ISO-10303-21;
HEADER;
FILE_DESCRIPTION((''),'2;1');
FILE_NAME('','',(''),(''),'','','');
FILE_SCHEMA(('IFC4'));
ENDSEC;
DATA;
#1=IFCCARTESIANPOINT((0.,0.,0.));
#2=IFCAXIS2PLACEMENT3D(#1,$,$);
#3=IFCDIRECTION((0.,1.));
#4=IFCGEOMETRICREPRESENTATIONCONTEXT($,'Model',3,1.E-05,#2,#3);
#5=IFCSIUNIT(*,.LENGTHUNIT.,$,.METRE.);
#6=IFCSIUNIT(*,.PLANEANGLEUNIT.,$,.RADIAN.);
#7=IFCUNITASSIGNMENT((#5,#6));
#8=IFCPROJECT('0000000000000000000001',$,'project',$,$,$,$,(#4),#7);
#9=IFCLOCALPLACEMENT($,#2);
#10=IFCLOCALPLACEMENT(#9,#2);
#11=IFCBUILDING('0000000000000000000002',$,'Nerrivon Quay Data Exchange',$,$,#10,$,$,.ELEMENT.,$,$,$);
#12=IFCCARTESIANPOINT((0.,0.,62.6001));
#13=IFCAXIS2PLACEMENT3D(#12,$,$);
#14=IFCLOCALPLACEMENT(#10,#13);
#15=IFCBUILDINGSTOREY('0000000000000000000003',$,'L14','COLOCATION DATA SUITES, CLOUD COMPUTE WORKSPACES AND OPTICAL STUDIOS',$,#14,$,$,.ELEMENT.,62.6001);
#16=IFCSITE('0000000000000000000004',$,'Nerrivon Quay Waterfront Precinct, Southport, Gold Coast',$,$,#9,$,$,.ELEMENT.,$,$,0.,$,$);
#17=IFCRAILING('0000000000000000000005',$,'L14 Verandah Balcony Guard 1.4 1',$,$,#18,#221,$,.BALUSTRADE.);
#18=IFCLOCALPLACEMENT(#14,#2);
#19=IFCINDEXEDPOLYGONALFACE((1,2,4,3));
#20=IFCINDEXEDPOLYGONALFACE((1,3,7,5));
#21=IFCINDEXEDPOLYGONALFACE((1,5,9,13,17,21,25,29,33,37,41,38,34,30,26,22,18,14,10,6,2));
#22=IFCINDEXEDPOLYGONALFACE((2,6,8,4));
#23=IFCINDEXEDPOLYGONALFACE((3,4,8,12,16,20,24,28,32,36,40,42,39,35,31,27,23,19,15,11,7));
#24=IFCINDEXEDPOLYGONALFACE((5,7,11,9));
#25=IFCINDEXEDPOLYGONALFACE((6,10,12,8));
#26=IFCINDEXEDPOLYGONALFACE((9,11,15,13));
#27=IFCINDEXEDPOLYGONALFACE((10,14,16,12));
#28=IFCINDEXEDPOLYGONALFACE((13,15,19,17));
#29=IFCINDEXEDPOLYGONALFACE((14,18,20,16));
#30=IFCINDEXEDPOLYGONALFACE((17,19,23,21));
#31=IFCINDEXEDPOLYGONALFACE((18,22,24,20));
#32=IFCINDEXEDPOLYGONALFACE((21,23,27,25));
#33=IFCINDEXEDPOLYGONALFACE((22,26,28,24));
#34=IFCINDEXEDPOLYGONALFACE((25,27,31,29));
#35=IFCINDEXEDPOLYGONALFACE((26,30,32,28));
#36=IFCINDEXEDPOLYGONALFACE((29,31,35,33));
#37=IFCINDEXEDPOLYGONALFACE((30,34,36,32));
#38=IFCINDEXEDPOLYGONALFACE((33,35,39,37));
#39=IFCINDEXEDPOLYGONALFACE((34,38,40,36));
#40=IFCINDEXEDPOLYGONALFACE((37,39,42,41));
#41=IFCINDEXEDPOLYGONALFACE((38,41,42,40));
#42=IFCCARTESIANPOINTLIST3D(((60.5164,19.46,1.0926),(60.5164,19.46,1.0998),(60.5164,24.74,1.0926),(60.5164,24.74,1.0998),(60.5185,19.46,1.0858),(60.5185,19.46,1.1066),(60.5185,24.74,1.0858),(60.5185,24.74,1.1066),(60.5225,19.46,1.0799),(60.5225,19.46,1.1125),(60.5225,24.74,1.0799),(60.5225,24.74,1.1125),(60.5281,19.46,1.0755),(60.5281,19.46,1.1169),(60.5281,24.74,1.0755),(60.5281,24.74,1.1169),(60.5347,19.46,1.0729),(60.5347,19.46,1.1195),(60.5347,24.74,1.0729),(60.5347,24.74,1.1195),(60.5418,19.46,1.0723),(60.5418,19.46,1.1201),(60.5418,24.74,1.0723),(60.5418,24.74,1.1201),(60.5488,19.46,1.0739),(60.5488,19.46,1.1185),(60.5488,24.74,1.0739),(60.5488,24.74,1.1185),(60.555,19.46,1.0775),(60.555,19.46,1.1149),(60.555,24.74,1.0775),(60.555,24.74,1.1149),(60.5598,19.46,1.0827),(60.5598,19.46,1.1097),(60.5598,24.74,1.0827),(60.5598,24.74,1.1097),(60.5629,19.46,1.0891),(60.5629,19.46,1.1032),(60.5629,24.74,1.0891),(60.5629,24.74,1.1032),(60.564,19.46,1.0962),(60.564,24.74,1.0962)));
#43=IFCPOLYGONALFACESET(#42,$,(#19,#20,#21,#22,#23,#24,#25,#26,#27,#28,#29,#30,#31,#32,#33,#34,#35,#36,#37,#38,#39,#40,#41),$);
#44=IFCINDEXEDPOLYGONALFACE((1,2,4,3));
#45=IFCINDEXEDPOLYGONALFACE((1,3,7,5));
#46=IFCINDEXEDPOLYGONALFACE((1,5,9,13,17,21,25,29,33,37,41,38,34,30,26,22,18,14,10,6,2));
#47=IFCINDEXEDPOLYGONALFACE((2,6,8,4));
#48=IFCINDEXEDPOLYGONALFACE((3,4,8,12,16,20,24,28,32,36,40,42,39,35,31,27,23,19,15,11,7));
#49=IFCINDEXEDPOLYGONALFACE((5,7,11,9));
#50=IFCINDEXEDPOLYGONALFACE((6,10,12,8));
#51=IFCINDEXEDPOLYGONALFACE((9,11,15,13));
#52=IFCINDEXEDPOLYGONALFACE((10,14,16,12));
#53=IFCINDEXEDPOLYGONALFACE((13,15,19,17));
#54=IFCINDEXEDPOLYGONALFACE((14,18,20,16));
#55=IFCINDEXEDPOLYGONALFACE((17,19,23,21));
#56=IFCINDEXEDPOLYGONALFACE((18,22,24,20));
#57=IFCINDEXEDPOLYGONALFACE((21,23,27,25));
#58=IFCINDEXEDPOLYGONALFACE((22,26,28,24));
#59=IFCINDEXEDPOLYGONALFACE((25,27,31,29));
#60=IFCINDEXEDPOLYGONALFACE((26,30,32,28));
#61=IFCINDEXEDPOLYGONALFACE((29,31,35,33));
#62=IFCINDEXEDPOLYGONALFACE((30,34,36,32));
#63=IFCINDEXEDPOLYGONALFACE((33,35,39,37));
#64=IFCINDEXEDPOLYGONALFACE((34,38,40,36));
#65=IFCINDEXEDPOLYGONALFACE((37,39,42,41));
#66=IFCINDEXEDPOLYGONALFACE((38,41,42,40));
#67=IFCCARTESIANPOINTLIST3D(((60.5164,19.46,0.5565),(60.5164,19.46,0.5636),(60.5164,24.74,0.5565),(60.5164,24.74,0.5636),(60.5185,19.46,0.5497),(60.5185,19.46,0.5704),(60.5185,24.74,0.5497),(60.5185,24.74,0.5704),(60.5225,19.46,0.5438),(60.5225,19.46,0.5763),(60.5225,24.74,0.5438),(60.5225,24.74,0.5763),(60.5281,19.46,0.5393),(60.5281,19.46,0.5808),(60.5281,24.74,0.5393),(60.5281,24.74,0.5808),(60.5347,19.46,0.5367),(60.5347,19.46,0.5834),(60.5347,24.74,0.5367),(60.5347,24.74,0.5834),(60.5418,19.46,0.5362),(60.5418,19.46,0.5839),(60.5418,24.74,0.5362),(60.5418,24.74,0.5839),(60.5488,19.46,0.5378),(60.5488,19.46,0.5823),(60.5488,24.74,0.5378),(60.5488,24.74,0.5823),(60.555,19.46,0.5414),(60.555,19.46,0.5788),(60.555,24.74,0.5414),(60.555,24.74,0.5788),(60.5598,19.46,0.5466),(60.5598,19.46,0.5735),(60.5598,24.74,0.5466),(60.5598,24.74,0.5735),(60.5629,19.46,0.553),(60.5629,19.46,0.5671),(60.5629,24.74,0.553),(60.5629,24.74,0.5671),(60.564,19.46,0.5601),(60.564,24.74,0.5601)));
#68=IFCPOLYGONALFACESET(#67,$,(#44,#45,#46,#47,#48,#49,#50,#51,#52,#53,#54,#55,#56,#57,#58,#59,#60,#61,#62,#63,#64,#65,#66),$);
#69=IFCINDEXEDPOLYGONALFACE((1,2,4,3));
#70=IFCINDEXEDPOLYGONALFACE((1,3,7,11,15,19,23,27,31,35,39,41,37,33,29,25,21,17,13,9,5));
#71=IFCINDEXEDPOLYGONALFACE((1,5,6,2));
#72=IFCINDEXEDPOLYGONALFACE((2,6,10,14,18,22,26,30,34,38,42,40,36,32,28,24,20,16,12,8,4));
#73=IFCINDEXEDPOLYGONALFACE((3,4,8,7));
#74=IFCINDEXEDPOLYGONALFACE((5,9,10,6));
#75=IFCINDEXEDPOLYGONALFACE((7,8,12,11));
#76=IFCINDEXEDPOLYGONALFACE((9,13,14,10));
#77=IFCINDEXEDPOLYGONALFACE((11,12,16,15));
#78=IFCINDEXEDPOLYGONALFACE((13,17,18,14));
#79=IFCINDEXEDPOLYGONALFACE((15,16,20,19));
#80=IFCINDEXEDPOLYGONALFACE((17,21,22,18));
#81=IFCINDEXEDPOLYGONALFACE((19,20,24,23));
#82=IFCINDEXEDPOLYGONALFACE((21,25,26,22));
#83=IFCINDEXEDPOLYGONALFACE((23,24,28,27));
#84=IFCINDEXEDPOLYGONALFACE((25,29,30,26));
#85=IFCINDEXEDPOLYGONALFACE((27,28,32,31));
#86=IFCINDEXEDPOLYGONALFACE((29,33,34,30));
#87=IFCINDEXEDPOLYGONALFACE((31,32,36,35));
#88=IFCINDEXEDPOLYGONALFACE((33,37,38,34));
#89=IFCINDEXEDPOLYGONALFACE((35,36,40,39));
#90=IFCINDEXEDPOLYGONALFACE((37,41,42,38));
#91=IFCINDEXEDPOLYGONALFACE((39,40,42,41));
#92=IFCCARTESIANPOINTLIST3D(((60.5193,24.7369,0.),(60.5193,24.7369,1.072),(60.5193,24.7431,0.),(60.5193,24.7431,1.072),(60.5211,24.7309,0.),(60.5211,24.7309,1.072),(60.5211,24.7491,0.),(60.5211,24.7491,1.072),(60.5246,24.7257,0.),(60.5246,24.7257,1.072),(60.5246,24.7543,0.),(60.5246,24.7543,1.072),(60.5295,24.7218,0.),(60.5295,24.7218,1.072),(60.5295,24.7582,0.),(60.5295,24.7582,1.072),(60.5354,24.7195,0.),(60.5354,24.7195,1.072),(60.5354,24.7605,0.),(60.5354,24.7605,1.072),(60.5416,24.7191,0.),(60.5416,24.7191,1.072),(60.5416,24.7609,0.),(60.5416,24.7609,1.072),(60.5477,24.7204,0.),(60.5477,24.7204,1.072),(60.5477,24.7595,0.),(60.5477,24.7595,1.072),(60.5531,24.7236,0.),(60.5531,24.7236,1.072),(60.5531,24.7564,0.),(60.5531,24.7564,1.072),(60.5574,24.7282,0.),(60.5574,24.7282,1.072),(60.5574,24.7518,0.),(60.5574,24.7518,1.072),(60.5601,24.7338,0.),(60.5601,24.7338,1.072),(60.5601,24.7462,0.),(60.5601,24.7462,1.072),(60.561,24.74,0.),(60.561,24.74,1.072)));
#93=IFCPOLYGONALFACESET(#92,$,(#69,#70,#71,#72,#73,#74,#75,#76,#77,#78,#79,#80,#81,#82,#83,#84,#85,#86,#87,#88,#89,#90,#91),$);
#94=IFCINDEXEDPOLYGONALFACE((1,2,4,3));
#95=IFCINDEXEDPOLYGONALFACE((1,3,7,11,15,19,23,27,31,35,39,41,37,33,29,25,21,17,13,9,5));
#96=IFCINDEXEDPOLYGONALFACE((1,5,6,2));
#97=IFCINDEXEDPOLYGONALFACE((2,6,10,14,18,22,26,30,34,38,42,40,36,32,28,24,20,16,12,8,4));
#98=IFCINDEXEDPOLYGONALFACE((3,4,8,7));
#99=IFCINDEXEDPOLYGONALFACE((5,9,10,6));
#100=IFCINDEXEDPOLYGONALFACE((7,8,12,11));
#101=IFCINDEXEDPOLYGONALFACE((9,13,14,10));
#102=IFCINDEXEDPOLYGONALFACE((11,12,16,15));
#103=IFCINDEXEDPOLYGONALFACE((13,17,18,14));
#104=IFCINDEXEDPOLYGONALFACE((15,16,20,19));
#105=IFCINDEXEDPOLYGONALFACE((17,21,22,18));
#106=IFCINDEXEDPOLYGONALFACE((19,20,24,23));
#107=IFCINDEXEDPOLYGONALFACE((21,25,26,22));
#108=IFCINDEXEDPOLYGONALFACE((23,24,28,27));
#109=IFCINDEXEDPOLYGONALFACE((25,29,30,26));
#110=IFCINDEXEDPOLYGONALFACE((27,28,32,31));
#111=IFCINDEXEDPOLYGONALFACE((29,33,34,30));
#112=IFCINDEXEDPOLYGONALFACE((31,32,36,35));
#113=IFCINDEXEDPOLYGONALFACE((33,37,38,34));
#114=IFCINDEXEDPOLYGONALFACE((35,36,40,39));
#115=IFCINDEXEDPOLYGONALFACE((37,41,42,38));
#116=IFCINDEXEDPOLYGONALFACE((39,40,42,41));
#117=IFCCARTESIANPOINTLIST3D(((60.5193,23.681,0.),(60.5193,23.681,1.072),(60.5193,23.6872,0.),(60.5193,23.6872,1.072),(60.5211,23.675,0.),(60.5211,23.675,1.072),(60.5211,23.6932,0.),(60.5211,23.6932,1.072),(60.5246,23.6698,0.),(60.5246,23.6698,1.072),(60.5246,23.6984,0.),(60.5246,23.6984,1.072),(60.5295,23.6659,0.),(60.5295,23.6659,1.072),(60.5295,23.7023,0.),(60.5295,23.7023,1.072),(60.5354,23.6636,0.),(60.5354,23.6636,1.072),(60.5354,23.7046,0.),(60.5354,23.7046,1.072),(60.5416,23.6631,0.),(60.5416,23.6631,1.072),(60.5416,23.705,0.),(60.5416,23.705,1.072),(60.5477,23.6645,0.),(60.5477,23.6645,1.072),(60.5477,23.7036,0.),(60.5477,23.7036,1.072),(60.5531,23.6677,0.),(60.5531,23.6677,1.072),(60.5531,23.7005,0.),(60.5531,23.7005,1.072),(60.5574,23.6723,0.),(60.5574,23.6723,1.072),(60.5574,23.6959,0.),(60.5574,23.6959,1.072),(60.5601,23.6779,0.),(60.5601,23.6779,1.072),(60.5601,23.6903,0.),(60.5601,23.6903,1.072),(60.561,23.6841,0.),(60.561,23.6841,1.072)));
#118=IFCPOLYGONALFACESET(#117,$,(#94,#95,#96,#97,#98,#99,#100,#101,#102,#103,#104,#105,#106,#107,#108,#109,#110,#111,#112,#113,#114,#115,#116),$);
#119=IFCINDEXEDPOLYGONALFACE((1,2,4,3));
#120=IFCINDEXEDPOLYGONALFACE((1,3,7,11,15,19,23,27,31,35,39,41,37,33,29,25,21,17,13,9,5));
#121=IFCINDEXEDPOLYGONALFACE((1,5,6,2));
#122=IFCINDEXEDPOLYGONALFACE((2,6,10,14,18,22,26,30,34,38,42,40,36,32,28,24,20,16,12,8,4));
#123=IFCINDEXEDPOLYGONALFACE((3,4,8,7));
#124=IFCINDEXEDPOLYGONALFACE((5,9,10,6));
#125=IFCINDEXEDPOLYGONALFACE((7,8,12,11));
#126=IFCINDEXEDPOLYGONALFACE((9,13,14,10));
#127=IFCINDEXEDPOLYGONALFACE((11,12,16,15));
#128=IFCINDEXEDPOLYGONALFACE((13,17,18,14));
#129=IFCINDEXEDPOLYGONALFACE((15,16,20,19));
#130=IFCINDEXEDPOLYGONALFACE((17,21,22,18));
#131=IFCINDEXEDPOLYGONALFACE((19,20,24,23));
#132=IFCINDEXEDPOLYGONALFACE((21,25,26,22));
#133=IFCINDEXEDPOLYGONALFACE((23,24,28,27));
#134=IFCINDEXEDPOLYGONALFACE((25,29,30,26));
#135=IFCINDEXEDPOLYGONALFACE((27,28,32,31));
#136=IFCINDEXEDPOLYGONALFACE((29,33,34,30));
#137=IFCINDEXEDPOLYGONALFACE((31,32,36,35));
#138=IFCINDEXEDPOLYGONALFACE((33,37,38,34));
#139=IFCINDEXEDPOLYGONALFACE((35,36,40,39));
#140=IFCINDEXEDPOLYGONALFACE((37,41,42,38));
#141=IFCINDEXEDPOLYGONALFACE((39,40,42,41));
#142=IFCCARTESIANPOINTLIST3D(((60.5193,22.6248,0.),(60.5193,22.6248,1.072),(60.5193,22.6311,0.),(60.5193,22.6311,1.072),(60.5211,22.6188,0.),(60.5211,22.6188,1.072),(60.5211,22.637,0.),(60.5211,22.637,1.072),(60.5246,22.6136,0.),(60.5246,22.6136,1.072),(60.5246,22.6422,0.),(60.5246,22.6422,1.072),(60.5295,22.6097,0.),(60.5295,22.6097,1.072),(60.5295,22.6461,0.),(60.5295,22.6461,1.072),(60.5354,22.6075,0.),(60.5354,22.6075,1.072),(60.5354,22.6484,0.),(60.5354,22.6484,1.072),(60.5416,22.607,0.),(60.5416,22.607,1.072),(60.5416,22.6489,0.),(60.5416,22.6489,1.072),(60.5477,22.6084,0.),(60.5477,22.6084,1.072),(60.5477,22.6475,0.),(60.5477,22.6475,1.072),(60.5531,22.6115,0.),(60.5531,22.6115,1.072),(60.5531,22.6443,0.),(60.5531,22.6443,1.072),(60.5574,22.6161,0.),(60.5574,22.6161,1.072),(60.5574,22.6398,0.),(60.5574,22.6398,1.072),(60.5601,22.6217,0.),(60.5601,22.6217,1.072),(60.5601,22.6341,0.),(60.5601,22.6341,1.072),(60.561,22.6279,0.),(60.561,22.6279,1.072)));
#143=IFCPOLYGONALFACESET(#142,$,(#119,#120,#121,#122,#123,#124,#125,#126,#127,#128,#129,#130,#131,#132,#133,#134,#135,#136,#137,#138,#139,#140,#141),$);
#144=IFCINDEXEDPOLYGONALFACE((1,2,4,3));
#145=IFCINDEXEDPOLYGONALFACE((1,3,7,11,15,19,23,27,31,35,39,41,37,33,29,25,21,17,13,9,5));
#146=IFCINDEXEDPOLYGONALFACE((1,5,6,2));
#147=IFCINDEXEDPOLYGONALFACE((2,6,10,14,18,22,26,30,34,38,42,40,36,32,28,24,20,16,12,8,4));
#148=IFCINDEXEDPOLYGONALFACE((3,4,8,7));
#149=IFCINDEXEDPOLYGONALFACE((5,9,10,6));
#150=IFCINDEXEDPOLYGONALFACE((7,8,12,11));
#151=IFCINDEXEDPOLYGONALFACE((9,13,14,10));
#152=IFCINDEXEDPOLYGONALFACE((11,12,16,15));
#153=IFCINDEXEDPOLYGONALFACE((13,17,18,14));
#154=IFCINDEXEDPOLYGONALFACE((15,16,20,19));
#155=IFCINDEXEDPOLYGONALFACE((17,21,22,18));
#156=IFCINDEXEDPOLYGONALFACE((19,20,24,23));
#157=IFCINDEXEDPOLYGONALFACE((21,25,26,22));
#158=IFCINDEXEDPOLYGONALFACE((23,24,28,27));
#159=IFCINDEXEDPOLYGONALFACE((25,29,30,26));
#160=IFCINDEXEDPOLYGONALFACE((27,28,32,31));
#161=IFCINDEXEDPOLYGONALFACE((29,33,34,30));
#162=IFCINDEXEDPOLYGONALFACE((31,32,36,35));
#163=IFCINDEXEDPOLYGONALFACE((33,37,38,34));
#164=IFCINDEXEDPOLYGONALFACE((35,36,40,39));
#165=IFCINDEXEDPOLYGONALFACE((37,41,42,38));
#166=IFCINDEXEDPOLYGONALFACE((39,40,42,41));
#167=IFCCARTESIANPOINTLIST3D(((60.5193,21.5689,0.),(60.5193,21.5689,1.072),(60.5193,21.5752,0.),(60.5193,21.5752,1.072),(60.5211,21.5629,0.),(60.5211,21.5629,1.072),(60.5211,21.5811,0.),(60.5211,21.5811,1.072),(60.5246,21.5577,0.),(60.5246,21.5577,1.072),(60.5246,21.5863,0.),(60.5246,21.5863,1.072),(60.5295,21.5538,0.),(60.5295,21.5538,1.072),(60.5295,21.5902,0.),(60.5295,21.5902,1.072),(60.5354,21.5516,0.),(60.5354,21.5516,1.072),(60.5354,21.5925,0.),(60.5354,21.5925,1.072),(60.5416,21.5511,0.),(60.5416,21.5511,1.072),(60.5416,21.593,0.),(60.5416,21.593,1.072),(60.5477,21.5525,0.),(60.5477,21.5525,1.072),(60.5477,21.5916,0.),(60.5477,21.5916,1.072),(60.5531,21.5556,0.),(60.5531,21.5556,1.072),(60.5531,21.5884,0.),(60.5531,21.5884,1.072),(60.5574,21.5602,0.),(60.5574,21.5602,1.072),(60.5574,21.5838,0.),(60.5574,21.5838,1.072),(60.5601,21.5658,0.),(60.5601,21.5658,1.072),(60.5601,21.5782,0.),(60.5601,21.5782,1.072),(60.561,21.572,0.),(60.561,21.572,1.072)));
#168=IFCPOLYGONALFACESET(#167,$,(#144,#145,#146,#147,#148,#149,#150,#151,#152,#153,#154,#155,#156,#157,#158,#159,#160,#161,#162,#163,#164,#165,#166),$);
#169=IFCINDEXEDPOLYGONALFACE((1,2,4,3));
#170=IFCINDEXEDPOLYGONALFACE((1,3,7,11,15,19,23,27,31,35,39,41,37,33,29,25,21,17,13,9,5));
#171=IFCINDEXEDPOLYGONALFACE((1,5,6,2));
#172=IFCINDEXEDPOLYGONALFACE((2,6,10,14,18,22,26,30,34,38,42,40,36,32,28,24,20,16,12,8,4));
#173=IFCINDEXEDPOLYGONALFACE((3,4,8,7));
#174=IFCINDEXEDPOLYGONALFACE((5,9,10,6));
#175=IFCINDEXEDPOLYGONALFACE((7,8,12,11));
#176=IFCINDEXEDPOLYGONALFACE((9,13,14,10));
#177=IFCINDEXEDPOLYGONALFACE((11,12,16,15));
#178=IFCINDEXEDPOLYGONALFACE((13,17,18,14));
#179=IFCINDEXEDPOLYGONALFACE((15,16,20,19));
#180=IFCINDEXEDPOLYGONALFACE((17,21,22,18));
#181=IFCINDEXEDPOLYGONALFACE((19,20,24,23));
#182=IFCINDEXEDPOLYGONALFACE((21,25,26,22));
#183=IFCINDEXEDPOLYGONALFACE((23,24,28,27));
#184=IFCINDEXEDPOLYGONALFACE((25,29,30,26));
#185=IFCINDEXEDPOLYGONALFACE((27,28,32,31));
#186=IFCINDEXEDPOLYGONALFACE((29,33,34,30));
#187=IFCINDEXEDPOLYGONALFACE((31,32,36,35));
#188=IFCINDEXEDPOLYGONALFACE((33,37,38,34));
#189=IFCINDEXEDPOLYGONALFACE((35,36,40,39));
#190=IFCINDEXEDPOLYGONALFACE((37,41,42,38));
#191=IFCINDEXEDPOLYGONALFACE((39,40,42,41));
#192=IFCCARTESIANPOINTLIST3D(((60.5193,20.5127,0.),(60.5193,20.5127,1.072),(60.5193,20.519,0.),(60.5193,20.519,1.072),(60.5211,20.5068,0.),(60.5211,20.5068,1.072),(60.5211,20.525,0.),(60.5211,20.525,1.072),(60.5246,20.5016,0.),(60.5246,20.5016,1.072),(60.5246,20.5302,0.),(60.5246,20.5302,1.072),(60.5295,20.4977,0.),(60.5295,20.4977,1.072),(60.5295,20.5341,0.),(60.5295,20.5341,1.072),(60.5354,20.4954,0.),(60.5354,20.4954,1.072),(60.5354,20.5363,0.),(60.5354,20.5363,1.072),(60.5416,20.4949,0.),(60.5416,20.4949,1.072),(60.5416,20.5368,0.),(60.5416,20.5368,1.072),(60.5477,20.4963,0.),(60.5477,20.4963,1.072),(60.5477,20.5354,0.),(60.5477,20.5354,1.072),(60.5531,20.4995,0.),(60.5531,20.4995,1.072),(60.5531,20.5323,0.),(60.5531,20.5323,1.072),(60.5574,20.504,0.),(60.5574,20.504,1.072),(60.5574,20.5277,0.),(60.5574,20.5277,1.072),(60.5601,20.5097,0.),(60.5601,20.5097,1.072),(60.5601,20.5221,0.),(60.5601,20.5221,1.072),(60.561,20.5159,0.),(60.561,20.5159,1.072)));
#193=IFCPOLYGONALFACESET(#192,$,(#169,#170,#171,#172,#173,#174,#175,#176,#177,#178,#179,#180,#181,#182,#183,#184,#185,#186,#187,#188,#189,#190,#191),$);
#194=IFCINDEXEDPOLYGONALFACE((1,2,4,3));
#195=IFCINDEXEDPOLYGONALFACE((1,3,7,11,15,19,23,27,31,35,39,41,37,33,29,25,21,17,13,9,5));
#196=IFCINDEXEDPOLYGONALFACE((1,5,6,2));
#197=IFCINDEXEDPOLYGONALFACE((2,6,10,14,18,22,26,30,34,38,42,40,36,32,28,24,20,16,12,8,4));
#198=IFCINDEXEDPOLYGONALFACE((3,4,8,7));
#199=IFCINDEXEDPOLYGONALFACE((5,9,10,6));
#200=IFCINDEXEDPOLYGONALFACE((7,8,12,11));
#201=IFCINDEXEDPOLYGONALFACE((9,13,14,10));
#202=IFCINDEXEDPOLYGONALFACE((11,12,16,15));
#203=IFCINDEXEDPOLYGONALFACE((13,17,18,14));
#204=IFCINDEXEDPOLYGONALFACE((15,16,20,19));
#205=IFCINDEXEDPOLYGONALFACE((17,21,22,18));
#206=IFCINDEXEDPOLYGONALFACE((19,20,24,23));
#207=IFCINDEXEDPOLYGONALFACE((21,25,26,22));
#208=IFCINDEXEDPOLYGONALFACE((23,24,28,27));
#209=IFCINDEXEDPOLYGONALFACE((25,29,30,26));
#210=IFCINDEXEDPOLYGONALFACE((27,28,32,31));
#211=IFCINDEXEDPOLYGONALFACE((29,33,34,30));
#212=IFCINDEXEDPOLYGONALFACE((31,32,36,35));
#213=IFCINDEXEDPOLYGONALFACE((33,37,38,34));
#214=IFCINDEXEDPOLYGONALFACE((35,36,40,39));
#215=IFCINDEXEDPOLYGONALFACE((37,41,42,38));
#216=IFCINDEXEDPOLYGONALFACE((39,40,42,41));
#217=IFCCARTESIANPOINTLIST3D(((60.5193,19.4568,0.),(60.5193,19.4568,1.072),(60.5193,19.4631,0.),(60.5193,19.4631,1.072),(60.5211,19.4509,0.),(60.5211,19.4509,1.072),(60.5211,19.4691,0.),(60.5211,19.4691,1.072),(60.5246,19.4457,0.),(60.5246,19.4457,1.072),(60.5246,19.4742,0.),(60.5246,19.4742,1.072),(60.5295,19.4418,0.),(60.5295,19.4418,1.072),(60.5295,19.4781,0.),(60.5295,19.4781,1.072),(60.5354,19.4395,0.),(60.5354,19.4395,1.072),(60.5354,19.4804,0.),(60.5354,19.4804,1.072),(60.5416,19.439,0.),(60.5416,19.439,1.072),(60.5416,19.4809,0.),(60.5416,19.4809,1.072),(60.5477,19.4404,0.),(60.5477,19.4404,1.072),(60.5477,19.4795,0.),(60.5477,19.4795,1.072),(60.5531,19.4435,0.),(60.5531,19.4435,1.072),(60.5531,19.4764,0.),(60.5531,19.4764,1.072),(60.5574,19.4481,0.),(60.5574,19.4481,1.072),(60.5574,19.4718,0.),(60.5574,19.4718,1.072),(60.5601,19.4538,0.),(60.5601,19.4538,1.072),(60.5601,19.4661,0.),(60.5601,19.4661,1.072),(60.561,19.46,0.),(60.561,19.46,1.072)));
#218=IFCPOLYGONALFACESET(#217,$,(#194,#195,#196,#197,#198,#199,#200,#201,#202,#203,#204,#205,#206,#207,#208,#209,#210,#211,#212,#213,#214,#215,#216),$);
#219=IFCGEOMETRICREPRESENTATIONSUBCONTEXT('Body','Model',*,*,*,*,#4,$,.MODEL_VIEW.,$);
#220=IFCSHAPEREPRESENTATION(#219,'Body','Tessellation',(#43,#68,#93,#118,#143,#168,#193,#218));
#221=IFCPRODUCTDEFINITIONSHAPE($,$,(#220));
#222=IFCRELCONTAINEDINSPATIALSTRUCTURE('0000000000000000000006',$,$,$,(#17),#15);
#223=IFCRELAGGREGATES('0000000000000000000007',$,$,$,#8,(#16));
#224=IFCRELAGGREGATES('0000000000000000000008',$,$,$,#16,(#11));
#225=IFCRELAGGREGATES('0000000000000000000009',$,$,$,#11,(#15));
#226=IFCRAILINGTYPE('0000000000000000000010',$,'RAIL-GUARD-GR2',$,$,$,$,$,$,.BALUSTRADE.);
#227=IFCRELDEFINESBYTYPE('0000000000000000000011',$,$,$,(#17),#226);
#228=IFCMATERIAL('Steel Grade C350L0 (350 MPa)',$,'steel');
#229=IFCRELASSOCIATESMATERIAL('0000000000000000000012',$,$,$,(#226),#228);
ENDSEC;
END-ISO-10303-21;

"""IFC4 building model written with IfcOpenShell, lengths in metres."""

from ifc_helpers import new_model, si_unit, direction, frame, origin, origin_2d, place, context, subcontext, project, spatial, circle, extrude, material, type_object, element, save


model = new_model("IFC4")

# Units and contexts
model_context = context("Model", 3, precision=1e-05, world=origin(), true_north=direction((0.0, 1.0)))
body_context = subcontext(model_context, "Body", "Model", "MODEL_VIEW")
ifc_project = project(units=[si_unit("LENGTHUNIT", "METRE"), si_unit("PLANEANGLEUNIT", "RADIAN")], contexts=[model_context])

# Site, building, storey
site_placement = place(None, origin())
site = spatial("IfcSite", under=ifc_project, at=site_placement, Name="Nerrivon Quay Waterfront Precinct, Southport, Gold Coast", CompositionType="ELEMENT", RefElevation=0.0)
building_placement = place(site_placement, origin())
building = spatial("IfcBuilding", under=site, at=building_placement, Name="Nerrivon Quay Data Exchange", CompositionType="ELEMENT")
storey_placement = place(building_placement, frame((0.0, 0.0, 62.6001)))
storey = spatial("IfcBuildingStorey", under=building, at=storey_placement, Name="L14", Description="COLOCATION DATA SUITES, CLOUD COMPUTE WORKSPACES AND OPTICAL STUDIOS", CompositionType="ELEMENT", Elevation=62.6001)

# Shared definitions
ifc_material_1 = material(Name="Steel Grade C350L0 (350 MPa)", Category="steel")

# Railing
railing_type = type_object("IfcRailingType", Name="RAIL-GUARD-GR2", PredefinedType="BALUSTRADE", material=ifc_material_1)
railing_1_placement = place(storey_placement, frame((60.54, 24.74, 0.0)))
element("IfcRailing", 1, at=railing_1_placement, inside=storey, type_object=railing_type, Name="L14 Verandah Balcony Guard 1.4 1", PredefinedType="BALUSTRADE", context=body_context, shape_type="SweptSolid", body=[
    extrude(circle(Radius=0.0239, at=origin_2d()), frame((0.0, 0.0, 1.0962), z_axis=(0.0, -1.0, 0.0), x_axis=(1.0, 0.0, 0.0)), (0.0, 0.0, 1.0), 5.28),
    extrude(circle(Radius=0.0239, at=origin_2d()), frame((0.0, 0.0, 0.5601), z_axis=(0.0, -1.0, 0.0), x_axis=(1.0, 0.0, 0.0)), (0.0, 0.0, 1.0), 5.28),
    extrude(circle(Radius=0.021, at=origin_2d()), origin(), (0.0, 0.0, 1.0), 1.072),
    extrude(circle(Radius=0.021, at=origin_2d()), frame((0.0, -1.0559, 0.0)), (0.0, 0.0, 1.0), 1.072),
    extrude(circle(Radius=0.021, at=origin_2d()), frame((0.0, -2.1121, 0.0)), (0.0, 0.0, 1.0), 1.072),
    extrude(circle(Radius=0.021, at=origin_2d()), frame((0.0, -3.168, 0.0)), (0.0, 0.0, 1.0), 1.072),
    extrude(circle(Radius=0.021, at=origin_2d()), frame((0.0, -4.2241, 0.0)), (0.0, 0.0, 1.0), 1.072),
    extrude(circle(Radius=0.021, at=origin_2d()), frame((0.0, -5.28, 0.0)), (0.0, 0.0, 1.0), 1.072),
])

save(model, "model.ifc")
